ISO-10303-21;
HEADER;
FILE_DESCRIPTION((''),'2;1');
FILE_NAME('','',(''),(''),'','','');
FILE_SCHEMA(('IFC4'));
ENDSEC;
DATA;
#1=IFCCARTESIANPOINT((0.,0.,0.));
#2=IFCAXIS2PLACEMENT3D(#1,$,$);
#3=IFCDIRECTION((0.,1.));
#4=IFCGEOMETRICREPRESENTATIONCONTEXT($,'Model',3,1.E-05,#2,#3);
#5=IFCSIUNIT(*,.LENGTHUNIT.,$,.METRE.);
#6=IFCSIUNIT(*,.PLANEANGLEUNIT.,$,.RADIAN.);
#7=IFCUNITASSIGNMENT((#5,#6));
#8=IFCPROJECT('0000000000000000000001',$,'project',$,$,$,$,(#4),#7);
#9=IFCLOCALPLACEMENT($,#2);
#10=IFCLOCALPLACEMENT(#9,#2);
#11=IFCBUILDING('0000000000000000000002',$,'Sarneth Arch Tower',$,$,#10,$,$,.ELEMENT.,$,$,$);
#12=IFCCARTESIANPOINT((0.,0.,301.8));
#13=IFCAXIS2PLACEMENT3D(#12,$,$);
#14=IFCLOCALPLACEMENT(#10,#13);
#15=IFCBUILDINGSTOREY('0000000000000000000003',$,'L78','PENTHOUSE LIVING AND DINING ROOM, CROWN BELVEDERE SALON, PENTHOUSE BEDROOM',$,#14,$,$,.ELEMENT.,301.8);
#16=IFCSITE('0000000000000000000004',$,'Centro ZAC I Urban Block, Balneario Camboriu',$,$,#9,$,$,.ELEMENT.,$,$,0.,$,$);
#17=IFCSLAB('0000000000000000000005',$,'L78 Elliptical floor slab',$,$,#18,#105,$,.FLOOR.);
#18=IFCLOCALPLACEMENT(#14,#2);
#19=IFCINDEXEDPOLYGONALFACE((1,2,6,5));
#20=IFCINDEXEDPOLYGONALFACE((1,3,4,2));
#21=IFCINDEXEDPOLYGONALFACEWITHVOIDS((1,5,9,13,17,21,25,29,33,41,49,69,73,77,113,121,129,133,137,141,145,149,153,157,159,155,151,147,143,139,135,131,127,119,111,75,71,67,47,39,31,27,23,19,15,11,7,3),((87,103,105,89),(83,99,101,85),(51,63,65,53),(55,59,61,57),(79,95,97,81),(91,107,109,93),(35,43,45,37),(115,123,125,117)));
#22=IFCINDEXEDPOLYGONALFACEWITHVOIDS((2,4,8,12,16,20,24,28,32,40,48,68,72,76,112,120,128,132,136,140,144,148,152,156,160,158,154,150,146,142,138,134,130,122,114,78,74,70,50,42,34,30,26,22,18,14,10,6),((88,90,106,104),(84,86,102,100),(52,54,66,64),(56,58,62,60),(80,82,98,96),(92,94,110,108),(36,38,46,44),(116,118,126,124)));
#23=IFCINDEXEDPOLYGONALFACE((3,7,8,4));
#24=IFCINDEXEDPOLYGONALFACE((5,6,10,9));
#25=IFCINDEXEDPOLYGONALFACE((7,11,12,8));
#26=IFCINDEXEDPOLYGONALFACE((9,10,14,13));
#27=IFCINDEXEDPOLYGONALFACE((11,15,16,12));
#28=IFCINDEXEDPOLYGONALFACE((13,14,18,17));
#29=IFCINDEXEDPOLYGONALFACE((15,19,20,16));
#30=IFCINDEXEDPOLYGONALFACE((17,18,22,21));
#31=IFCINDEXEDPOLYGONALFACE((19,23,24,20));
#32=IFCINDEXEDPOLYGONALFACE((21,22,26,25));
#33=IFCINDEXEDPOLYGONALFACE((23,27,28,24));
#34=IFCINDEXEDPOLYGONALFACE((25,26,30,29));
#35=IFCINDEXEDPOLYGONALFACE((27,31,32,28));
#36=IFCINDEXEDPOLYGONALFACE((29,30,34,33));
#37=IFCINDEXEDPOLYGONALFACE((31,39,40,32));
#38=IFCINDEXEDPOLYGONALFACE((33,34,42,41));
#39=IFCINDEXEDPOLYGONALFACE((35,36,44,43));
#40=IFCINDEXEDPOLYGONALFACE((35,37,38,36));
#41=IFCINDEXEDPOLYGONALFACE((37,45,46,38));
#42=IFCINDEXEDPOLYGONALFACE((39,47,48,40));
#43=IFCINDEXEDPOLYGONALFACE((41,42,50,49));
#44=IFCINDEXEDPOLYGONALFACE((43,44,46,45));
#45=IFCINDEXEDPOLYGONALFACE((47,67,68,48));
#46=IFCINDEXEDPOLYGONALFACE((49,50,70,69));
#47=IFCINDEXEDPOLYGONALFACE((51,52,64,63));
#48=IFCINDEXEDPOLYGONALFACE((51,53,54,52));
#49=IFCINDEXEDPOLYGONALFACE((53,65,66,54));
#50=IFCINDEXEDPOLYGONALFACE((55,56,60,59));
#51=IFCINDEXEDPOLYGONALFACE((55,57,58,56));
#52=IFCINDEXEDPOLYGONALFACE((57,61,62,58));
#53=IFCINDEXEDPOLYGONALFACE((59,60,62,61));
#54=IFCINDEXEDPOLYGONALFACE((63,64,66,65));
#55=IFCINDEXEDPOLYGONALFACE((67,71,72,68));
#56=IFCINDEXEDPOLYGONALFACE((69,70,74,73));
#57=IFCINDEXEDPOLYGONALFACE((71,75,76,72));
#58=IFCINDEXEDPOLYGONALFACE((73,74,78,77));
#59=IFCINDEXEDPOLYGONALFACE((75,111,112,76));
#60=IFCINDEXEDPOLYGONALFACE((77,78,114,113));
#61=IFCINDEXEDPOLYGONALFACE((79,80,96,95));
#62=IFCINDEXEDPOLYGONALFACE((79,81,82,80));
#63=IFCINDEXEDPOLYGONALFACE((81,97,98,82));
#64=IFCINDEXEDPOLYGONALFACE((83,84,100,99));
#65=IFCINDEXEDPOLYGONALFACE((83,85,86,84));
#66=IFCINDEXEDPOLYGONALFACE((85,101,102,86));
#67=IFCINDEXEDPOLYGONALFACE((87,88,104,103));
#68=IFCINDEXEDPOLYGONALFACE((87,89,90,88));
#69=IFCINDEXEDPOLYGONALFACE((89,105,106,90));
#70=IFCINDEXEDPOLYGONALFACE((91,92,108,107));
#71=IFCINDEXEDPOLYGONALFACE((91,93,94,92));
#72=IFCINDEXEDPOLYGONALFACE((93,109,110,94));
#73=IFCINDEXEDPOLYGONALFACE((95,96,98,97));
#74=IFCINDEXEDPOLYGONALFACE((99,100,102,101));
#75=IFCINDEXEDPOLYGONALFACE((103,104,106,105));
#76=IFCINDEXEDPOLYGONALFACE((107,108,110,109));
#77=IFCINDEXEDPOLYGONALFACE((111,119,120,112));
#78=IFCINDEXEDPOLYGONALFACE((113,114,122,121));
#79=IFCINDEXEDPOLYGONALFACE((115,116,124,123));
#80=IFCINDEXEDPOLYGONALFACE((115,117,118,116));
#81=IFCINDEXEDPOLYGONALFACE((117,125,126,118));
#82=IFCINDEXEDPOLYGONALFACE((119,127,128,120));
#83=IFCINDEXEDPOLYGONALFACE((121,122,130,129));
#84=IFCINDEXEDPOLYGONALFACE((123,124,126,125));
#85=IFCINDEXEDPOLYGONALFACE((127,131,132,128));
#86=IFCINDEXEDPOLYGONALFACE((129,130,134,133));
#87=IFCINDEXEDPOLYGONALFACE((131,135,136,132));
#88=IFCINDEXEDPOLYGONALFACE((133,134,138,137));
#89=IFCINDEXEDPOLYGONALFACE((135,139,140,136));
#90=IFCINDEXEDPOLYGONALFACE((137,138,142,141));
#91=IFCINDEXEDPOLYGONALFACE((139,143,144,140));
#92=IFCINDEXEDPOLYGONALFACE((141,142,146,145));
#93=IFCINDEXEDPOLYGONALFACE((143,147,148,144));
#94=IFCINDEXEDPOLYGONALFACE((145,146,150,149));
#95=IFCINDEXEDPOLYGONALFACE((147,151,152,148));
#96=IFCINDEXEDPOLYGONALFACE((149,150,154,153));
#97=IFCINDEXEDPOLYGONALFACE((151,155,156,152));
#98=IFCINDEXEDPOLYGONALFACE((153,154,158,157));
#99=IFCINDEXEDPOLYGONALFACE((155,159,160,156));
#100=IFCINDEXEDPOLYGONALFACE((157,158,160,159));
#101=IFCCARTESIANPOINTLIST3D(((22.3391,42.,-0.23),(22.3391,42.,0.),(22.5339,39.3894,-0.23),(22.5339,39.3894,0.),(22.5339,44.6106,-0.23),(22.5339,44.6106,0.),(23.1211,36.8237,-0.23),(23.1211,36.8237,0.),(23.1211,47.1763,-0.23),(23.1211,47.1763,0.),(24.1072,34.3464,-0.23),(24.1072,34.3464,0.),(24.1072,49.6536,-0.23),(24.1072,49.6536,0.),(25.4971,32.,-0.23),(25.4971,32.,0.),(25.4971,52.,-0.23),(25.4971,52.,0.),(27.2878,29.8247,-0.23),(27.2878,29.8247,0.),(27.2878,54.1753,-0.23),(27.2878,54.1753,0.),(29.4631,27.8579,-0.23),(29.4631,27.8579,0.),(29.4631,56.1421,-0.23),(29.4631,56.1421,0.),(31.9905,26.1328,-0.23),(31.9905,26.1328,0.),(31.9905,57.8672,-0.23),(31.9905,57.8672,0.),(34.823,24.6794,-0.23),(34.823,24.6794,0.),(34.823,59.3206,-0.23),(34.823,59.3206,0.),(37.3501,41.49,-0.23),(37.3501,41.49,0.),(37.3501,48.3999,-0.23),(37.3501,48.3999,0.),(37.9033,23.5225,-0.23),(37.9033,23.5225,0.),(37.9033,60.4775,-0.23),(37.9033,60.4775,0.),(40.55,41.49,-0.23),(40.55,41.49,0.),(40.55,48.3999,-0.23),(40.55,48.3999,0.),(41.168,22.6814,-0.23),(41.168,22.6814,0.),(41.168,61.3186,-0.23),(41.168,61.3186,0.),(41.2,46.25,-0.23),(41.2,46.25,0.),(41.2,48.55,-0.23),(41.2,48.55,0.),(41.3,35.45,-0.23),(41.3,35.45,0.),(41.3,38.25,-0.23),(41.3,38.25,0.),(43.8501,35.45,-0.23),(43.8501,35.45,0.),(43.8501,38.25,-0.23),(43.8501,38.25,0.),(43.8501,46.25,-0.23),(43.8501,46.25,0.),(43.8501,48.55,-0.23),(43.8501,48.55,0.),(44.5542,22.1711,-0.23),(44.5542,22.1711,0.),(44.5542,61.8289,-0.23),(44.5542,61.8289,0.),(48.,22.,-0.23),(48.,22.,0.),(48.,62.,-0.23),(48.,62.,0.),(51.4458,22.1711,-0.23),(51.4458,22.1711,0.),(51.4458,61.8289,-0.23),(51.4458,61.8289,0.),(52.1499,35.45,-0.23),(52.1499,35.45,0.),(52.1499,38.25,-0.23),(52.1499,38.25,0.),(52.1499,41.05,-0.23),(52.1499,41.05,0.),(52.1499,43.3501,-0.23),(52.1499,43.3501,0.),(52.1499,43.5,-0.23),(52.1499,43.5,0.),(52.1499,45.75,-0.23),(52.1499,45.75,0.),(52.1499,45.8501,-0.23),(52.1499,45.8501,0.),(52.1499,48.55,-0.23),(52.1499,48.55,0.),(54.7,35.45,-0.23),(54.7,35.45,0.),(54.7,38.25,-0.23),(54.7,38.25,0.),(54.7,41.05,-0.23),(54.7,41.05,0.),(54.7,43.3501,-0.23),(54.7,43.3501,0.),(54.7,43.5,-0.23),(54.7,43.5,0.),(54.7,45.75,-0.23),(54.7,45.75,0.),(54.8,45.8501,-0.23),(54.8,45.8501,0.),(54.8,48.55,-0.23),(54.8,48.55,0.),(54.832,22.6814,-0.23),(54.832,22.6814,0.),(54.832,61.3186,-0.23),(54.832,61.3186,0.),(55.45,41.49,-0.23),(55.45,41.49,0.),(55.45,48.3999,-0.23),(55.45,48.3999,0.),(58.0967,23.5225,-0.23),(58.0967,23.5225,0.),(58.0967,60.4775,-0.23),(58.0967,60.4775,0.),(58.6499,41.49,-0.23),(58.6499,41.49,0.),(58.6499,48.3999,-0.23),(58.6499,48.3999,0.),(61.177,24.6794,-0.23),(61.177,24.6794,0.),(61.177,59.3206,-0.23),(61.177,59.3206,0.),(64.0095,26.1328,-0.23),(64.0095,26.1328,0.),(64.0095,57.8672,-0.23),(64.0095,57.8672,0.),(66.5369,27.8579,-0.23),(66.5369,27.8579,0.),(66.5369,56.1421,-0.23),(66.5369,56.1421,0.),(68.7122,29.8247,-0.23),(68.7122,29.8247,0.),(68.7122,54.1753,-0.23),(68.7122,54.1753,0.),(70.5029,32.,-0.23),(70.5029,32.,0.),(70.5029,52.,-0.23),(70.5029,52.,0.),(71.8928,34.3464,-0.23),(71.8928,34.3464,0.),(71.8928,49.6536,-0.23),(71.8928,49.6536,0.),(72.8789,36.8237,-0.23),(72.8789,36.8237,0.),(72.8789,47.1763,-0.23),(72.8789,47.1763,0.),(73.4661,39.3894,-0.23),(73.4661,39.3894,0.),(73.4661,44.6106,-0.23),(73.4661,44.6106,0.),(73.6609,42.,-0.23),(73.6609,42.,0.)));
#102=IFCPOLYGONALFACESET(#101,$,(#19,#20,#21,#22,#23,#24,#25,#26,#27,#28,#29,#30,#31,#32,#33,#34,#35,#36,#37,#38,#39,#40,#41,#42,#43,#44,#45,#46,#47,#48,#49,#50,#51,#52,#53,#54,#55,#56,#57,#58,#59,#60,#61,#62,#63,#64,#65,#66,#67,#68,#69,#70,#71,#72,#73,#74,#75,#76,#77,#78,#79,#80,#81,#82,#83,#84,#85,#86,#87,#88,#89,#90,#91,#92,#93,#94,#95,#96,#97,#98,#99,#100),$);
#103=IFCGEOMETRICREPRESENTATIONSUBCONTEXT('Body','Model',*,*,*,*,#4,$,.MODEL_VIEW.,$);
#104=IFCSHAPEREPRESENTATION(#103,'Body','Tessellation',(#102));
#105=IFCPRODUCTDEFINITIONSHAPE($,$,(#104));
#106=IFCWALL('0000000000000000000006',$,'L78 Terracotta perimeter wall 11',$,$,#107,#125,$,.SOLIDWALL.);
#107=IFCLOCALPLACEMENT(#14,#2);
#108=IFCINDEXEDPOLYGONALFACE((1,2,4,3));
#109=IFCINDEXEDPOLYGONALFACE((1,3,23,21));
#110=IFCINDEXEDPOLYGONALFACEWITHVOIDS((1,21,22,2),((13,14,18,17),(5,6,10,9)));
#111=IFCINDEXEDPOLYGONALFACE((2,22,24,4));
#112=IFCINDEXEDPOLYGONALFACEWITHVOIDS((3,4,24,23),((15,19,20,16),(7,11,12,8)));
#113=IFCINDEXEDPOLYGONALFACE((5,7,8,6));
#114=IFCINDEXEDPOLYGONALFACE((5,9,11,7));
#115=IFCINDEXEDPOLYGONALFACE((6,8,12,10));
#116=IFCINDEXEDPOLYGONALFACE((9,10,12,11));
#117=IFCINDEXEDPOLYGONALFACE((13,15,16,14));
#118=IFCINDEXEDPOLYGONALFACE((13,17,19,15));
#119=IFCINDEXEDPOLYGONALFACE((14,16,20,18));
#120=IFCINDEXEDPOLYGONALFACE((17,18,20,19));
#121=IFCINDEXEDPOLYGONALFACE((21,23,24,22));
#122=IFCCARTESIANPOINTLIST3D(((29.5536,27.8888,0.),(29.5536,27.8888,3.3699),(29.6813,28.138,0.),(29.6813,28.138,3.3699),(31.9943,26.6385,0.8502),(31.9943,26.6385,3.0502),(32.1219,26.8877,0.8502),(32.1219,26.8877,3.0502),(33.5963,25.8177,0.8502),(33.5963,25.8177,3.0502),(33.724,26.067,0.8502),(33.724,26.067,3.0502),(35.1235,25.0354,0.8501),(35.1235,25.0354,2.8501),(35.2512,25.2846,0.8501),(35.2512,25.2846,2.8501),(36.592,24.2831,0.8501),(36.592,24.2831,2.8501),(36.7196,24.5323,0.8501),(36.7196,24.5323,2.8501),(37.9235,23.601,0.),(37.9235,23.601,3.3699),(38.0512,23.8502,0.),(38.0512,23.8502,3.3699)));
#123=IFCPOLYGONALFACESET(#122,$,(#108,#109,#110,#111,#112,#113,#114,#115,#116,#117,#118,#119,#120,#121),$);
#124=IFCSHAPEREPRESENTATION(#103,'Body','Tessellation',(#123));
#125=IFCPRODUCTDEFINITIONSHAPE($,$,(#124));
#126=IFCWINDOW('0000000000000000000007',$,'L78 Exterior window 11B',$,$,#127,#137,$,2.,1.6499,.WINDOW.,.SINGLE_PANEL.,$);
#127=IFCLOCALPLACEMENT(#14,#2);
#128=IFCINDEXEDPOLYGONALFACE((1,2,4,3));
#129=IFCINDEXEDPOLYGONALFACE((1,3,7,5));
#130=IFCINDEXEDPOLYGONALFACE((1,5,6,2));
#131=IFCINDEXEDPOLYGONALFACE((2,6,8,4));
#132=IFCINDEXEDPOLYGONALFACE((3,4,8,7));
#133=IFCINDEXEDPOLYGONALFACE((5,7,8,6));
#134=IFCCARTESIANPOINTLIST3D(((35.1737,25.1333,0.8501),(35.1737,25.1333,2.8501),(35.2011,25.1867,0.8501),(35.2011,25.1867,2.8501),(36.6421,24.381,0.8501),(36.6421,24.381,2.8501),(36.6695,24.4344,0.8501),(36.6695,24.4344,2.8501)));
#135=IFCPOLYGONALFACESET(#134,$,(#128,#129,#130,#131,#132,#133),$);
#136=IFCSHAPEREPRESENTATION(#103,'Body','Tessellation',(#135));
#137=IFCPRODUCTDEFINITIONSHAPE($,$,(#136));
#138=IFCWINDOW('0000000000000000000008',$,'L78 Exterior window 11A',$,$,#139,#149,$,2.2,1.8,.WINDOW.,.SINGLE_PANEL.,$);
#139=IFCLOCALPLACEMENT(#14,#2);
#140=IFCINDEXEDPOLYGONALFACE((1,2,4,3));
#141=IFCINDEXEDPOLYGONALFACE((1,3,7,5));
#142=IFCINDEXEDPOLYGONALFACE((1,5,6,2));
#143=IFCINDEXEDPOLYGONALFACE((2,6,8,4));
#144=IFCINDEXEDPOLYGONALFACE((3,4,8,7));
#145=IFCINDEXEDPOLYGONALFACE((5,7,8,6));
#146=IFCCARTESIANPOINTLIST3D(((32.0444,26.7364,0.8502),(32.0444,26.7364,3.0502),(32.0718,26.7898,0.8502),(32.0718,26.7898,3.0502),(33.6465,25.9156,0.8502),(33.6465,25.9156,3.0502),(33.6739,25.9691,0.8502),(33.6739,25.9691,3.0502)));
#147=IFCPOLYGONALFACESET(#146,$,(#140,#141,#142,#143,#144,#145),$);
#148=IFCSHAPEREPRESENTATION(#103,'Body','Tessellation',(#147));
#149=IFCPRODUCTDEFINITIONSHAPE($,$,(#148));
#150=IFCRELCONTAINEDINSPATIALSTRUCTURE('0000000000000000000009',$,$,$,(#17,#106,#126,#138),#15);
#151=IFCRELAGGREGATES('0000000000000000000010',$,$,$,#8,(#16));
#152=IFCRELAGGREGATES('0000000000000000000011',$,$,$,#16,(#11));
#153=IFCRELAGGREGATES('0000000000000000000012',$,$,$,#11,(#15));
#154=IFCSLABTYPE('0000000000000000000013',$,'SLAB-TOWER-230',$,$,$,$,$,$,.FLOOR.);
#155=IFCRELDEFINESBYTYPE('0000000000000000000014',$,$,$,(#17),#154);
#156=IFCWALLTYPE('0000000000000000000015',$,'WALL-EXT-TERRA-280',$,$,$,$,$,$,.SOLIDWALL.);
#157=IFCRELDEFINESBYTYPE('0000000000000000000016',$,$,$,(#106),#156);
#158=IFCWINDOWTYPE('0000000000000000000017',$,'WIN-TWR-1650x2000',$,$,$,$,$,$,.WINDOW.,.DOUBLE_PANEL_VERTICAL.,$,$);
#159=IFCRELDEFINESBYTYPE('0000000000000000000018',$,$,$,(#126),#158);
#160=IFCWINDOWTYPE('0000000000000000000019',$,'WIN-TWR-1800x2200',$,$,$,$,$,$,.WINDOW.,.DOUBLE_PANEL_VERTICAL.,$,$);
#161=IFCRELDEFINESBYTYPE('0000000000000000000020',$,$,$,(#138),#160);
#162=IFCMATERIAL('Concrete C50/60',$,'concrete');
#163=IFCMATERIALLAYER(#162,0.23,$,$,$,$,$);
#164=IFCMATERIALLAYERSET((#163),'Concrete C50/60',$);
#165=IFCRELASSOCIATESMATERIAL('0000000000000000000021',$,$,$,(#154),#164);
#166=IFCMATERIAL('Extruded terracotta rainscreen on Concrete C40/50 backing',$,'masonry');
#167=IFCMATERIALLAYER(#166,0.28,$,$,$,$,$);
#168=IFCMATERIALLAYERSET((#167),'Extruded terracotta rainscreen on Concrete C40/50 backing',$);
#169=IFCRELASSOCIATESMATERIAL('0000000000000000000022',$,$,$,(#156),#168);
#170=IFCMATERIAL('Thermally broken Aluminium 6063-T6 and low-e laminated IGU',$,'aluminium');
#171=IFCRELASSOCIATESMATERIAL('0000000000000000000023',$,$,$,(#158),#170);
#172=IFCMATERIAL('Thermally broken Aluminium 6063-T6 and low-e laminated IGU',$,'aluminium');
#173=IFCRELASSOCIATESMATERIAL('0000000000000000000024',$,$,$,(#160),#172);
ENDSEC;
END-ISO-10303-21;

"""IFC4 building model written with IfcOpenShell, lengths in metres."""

from ifc_helpers import new_model, si_unit, direction, frame, frame_2d, origin, place, context, subcontext, project, spatial, polyline, rectangle, outline, extrude, material, layer, layer_set, type_object, element, fill, save


model = new_model("IFC4")

# Units and contexts
model_context = context("Model", 3, precision=1e-05, world=origin(), true_north=direction((0.0, 1.0)))
body_context = subcontext(model_context, "Body", "Model", "MODEL_VIEW")
ifc_project = project(units=[si_unit("LENGTHUNIT", "METRE"), si_unit("PLANEANGLEUNIT", "RADIAN")], contexts=[model_context])

# Site, building, storey
site_placement = place(None, origin())
site = spatial("IfcSite", under=ifc_project, at=site_placement, Name="Centro ZAC I Urban Block, Balneario Camboriu", CompositionType="ELEMENT", RefElevation=0.0)
building_placement = place(site_placement, origin())
building = spatial("IfcBuilding", under=site, at=building_placement, Name="Sarneth Arch Tower", CompositionType="ELEMENT")
storey_placement = place(building_placement, frame((0.0, 0.0, 301.8)))
storey = spatial("IfcBuildingStorey", under=building, at=storey_placement, Name="L78", Description="PENTHOUSE LIVING AND DINING ROOM, CROWN BELVEDERE SALON, PENTHOUSE BEDROOM", CompositionType="ELEMENT", Elevation=301.8)

# Slab
ifc_material_1 = material(Name="Concrete C50/60", Category="concrete")
ifc_layer_1 = layer(ifc_material_1, 0.23)
ifc_layer_set_1 = layer_set([ifc_layer_1], Name="Concrete C50/60")
slab_type_1 = type_object("IfcSlabType", Name="SLAB-TOWER-230", PredefinedType="FLOOR", material=ifc_layer_set_1)
slab_1_placement = place(storey_placement, frame((0.0, 0.0, -0.23)))
element("IfcSlab", 1, at=slab_1_placement, inside=storey, type_object=slab_type_1, Name="L78 Elliptical floor slab", PredefinedType="FLOOR", context=body_context, shape_type="SweptSolid", body=[
    extrude(outline(polyline([(73.6609, 42.0), (73.4661, 44.6106), (72.8789, 47.1763), (71.8928, 49.6536), (70.5029, 52.0), (68.7122, 54.1753), (66.5369, 56.1421), (64.0095, 57.8672), (61.177, 59.3206), (58.0967, 60.4775), (54.832, 61.3186), (51.4458, 61.8289), (48.0, 62.0), (44.5542, 61.8289), (41.168, 61.3186), (37.9033, 60.4775), (34.823, 59.3206), (31.9905, 57.8672), (29.4631, 56.1421), (27.2878, 54.1753), (25.4971, 52.0), (24.1072, 49.6536), (23.1211, 47.1763), (22.5339, 44.6106), (22.3391, 42.0), (22.5339, 39.3894), (23.1211, 36.8237), (24.1072, 34.3464), (25.4971, 32.0), (27.2878, 29.8247), (29.4631, 27.8579), (31.9905, 26.1328), (34.823, 24.6794), (37.9033, 23.5225), (41.168, 22.6814), (44.5542, 22.1711), (48.0, 22.0), (51.4458, 22.1711), (54.832, 22.6814), (58.0967, 23.5225), (61.177, 24.6794), (64.0095, 26.1328), (66.5369, 27.8579), (68.7122, 29.8247), (70.5029, 32.0), (71.8928, 34.3464), (72.8789, 36.8237), (73.4661, 39.3894), (73.6609, 42.0)]), holes=[polyline([(37.3501, 41.49), (40.55, 41.49), (40.55, 48.3999), (37.3501, 48.3999), (37.3501, 41.49)]), polyline([(55.45, 41.49), (58.6499, 41.49), (58.6499, 48.3999), (55.45, 48.3999), (55.45, 41.49)]), polyline([(41.2, 46.25), (43.8501, 46.25), (43.8501, 48.55), (41.2, 48.55), (41.2, 46.25)]), polyline([(41.3, 35.45), (43.8501, 35.45), (43.8501, 38.25), (41.3, 38.25), (41.3, 35.45)]), polyline([(52.1499, 35.45), (54.7, 35.45), (54.7, 38.25), (52.1499, 38.25), (52.1499, 35.45)]), polyline([(52.1499, 45.8501), (54.8, 45.8501), (54.8, 48.55), (52.1499, 48.55), (52.1499, 45.8501)]), polyline([(52.1499, 41.05), (54.7, 41.05), (54.7, 43.3501), (52.1499, 43.3501), (52.1499, 41.05)]), polyline([(52.1499, 43.5), (54.7, 43.5), (54.7, 45.75), (52.1499, 45.75), (52.1499, 43.5)])]), origin(), (0.0, 0.0, 1.0), 0.23),
])

# Wall, openings, windows
ifc_material_2 = material(Name="Extruded terracotta rainscreen on Concrete C40/50 backing", Category="masonry")
ifc_layer_2 = layer(ifc_material_2, 0.28)
ifc_layer_set_2 = layer_set([ifc_layer_2], Name="Extruded terracotta rainscreen on Concrete C40/50 backing")
wall_type = type_object("IfcWallType", Name="WALL-EXT-TERRA-280", PredefinedType="SOLIDWALL", material=ifc_layer_set_2)
wall_placement = place(storey_placement, frame((29.6174, 28.0134, 0.0), z_axis=(0.0, 0.0, 1.0), x_axis=(0.890007, -0.455946, 0.0)))
wall = element("IfcWall", 2, at=wall_placement, inside=storey, type_object=wall_type, Name="L78 Terracotta perimeter wall 11", PredefinedType="SOLIDWALL", context=body_context, shape_type="SweptSolid", body=[
    extrude(rectangle(XDim=9.4043, YDim=0.28, at=frame_2d((4.7021, 0.0))), origin(), (0.0, 0.0, 1.0), 3.3699),
])
opening_1_placement = place(wall_placement, frame((2.7424, 0.0, 0.8501)))
opening_1 = element("IfcOpeningElement", 3, at=opening_1_placement, cuts=wall, PredefinedType="OPENING", context=body_context, shape_type="SweptSolid", body=[
    extrude(rectangle(XDim=1.8, YDim=2.2, at=frame_2d((0.8999, 1.1001))), frame((0.0, 0.1499, 0.0), z_axis=(0.0, -1.0, 0.0), x_axis=(1.0, 0.0, 0.0)), (0.0, 0.0, 1.0), 0.3),
])
opening_2_placement = place(wall_placement, frame((6.2583, 0.0, 0.8501)))
opening_2 = element("IfcOpeningElement", 4, at=opening_2_placement, cuts=wall, PredefinedType="OPENING", context=body_context, shape_type="SweptSolid", body=[
    extrude(rectangle(XDim=1.6499, YDim=2.0, at=frame_2d((0.825, 1.0))), frame((0.0, 0.1499, 0.0), z_axis=(0.0, -1.0, 0.0), x_axis=(1.0, 0.0, 0.0)), (0.0, 0.0, 1.0), 0.3),
])
ifc_material_3 = material(Name="Thermally broken Aluminium 6063-T6 and low-e laminated IGU", Category="aluminium")
window_type_1 = type_object("IfcWindowType", Name="WIN-TWR-1650x2000", PartitioningType="DOUBLE_PANEL_VERTICAL", PredefinedType="WINDOW", material=ifc_material_3)
window_1_placement = place(opening_2_placement, origin())
window_1 = element("IfcWindow", 5, at=window_1_placement, inside=storey, type_object=window_type_1, Name="L78 Exterior window 11B", OverallHeight=2.0, OverallWidth=1.6499, PartitioningType="SINGLE_PANEL", PredefinedType="WINDOW", context=body_context, shape_type="SweptSolid", body=[
    extrude(rectangle(XDim=1.6499, YDim=2.0, at=frame_2d((0.825, 1.0))), frame((0.0, 0.03, 0.0), z_axis=(0.0, -1.0, 0.0), x_axis=(1.0, 0.0, 0.0)), (0.0, 0.0, 1.0), 0.0601),
])
fill(opening_2, window_1)
ifc_material_4 = material(Name="Thermally broken Aluminium 6063-T6 and low-e laminated IGU", Category="aluminium")
window_type_2 = type_object("IfcWindowType", Name="WIN-TWR-1800x2200", PartitioningType="DOUBLE_PANEL_VERTICAL", PredefinedType="WINDOW", material=ifc_material_4)
window_2_placement = place(opening_1_placement, origin())
window_2 = element("IfcWindow", 6, at=window_2_placement, inside=storey, type_object=window_type_2, Name="L78 Exterior window 11A", OverallHeight=2.2, OverallWidth=1.8, PartitioningType="SINGLE_PANEL", PredefinedType="WINDOW", context=body_context, shape_type="SweptSolid", body=[
    extrude(rectangle(XDim=1.8, YDim=2.2, at=frame_2d((0.8999, 1.1001))), frame((0.0, 0.03, 0.0), z_axis=(0.0, -1.0, 0.0), x_axis=(1.0, 0.0, 0.0)), (0.0, 0.0, 1.0), 0.0601),
])
fill(opening_1, window_2)

save(model, "model.ifc")
